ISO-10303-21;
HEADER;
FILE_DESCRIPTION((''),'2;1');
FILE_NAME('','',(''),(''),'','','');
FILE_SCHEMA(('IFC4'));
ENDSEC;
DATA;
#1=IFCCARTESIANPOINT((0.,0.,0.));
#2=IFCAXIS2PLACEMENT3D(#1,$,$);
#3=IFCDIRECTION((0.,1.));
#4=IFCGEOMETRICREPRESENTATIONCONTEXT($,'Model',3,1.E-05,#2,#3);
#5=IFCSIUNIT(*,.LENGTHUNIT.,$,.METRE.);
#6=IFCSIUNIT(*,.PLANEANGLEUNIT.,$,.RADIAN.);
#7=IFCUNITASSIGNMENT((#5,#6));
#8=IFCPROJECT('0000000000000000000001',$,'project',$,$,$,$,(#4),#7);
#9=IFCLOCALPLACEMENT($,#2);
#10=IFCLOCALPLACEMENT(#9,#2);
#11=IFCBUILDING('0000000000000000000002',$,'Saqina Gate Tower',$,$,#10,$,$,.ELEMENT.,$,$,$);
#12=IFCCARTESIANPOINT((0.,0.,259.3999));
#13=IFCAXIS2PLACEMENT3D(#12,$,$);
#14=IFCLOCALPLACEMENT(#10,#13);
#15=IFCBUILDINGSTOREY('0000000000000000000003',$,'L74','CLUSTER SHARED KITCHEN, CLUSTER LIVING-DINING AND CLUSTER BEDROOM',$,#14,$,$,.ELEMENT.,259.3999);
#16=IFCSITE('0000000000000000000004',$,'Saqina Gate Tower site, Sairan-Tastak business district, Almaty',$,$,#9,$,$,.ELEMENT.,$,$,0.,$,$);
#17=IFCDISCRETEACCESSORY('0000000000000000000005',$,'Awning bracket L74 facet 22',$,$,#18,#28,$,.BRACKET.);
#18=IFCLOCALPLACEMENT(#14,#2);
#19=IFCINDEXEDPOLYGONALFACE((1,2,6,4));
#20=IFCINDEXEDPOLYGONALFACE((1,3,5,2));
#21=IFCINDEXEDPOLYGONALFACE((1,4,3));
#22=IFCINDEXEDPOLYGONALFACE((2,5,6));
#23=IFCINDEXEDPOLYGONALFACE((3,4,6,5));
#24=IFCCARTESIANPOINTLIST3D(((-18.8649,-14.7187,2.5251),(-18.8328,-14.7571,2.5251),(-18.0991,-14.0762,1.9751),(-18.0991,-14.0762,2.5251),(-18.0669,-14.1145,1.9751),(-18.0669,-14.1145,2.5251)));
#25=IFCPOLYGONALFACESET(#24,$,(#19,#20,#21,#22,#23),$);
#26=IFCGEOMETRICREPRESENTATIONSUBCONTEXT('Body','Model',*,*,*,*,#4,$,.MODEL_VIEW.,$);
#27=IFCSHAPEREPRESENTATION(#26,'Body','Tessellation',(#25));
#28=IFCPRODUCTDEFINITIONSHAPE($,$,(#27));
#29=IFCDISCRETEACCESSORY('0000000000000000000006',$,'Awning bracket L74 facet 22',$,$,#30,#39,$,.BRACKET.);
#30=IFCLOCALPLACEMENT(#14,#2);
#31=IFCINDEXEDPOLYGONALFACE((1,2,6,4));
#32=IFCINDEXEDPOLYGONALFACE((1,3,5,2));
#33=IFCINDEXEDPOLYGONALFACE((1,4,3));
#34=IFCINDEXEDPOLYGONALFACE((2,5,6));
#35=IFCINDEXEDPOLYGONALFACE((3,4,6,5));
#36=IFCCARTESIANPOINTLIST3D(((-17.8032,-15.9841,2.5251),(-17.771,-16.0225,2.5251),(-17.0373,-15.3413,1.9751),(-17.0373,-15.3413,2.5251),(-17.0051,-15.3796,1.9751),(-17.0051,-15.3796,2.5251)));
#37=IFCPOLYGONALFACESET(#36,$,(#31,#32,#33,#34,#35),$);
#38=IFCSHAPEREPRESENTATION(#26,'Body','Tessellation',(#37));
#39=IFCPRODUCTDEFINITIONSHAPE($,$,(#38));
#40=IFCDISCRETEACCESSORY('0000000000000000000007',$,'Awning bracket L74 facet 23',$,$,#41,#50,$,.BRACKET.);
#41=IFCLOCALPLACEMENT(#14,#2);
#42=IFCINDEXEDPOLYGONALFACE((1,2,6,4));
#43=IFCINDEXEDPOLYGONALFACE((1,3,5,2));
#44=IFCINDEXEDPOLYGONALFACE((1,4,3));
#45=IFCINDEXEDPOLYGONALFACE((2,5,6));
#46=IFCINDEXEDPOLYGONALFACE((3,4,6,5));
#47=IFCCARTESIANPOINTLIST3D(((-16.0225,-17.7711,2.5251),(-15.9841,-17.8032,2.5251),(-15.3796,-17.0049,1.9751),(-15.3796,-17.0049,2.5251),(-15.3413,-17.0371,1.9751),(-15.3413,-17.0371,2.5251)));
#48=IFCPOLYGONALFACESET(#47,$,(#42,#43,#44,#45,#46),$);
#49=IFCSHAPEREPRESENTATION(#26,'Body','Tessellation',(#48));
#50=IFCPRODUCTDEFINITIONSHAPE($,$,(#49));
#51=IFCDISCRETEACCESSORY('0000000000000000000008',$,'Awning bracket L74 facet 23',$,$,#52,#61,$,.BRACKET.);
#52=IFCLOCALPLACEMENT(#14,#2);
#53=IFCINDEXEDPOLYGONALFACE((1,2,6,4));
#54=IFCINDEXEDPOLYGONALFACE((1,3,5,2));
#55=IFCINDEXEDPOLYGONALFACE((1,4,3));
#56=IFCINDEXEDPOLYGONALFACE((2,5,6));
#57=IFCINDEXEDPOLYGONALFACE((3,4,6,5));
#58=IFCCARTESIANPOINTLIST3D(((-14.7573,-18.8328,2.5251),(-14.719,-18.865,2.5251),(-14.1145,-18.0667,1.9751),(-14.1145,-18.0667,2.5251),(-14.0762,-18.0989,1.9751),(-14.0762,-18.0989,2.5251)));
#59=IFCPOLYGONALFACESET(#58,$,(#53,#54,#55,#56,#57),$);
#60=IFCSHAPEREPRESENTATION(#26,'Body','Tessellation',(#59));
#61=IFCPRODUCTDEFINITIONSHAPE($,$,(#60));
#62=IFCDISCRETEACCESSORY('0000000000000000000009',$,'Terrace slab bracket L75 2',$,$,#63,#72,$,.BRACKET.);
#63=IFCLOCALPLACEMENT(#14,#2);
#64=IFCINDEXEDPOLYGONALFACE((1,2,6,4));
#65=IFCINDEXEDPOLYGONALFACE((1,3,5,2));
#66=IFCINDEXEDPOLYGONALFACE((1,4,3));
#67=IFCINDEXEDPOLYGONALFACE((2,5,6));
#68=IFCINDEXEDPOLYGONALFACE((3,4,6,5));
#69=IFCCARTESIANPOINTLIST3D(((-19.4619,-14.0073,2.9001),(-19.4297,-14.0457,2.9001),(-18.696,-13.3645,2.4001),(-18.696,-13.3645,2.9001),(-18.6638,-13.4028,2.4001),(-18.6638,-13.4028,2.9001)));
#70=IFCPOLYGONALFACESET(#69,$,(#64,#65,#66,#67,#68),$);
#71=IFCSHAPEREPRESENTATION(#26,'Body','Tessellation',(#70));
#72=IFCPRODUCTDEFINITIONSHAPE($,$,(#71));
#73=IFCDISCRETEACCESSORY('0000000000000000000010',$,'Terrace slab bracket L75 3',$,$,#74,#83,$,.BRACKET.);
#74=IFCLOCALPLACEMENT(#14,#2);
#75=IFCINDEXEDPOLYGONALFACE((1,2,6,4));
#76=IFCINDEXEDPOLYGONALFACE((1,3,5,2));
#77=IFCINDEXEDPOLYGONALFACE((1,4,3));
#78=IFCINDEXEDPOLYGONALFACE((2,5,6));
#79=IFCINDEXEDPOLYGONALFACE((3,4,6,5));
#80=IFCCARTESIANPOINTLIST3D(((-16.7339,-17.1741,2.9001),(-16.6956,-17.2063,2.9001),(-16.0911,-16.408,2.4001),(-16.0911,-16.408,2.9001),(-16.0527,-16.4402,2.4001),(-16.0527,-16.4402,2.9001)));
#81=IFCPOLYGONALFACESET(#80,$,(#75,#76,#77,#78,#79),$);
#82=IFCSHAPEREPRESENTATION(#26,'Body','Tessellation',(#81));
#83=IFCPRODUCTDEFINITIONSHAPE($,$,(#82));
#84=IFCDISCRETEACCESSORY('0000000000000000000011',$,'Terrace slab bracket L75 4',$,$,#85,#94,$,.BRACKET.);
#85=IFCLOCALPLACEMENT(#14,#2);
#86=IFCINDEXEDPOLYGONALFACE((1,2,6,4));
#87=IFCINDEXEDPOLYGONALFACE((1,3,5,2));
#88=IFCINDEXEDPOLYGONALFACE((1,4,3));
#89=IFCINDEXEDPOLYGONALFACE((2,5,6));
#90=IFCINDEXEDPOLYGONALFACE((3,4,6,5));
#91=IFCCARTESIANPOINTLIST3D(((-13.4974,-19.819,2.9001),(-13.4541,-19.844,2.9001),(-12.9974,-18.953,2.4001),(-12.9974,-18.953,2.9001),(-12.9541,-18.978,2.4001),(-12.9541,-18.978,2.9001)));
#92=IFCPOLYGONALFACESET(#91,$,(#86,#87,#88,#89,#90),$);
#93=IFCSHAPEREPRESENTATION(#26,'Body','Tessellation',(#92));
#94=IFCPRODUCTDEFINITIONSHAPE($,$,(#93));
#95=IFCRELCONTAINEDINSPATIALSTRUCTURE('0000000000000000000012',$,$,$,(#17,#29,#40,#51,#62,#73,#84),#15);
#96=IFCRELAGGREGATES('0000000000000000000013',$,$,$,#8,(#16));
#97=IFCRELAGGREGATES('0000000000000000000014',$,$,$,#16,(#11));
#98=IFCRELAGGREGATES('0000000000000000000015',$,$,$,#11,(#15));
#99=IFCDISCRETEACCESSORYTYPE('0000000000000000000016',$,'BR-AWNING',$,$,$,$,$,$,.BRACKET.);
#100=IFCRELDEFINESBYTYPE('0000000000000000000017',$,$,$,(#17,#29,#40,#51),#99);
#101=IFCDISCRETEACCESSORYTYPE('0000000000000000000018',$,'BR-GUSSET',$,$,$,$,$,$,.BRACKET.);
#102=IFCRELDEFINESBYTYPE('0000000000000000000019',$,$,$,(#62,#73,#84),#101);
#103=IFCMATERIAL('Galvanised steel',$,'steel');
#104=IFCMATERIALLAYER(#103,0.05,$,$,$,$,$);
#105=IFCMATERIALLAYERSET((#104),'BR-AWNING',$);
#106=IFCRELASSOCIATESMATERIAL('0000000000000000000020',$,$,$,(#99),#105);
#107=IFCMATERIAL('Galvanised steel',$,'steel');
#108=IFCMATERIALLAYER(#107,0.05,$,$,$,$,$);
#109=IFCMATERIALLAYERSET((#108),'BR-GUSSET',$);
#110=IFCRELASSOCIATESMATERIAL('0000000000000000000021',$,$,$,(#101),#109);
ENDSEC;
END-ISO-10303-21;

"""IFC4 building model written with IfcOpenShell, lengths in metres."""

from ifc_helpers import new_model, si_unit, direction, frame, origin, place, context, subcontext, project, spatial, polyline, outline, extrude, material, layer, layer_set, type_object, element, save


model = new_model("IFC4")

# Units and contexts
model_context = context("Model", 3, precision=1e-05, world=origin(), true_north=direction((0.0, 1.0)))
body_context = subcontext(model_context, "Body", "Model", "MODEL_VIEW")
ifc_project = project(units=[si_unit("LENGTHUNIT", "METRE"), si_unit("PLANEANGLEUNIT", "RADIAN")], contexts=[model_context])

# Site, building, storey
site_placement = place(None, origin())
site = spatial("IfcSite", under=ifc_project, at=site_placement, Name="Saqina Gate Tower site, Sairan-Tastak business district, Almaty", CompositionType="ELEMENT", RefElevation=0.0)
building_placement = place(site_placement, origin())
building = spatial("IfcBuilding", under=site, at=building_placement, Name="Saqina Gate Tower", CompositionType="ELEMENT")
storey_placement = place(building_placement, frame((0.0, 0.0, 259.3999)))
storey = spatial("IfcBuildingStorey", under=building, at=storey_placement, Name="L74", Description="CLUSTER SHARED KITCHEN, CLUSTER LIVING-DINING AND CLUSTER BEDROOM", CompositionType="ELEMENT", Elevation=259.3999)

# Discrete accessories
ifc_material_1 = material(Name="Galvanised steel", Category="steel")
ifc_layer_1 = layer(ifc_material_1, 0.05)
ifc_layer_set_1 = layer_set([ifc_layer_1], Name="BR-AWNING")
discrete_accessory_type_1 = type_object("IfcDiscreteAccessoryType", Name="BR-AWNING", PredefinedType="BRACKET", material=ifc_layer_set_1)
discrete_accessory_1_placement = place(storey_placement, frame((-18.0669, -14.1145, 1.9751), z_axis=(0.642751, -0.766075, 0.0), x_axis=(0.0, 0.0, 1.0)))
element("IfcDiscreteAccessory", 1, at=discrete_accessory_1_placement, inside=storey, type_object=discrete_accessory_type_1, Name="Awning bracket L74 facet 22", PredefinedType="BRACKET", context=body_context, shape_type="SweptSolid", body=[
    extrude(outline(polyline([(0.0, 0.0), (0.55, 0.0), (0.55, 0.9997), (0.0, 0.0)])), origin(), (0.0, 0.0, -1.0), 0.05),
])
discrete_accessory_2_placement = place(storey_placement, frame((-17.0051, -15.3796, 1.9751), z_axis=(0.642894, -0.765955, 0.0), x_axis=(0.0, 0.0, 1.0)))
element("IfcDiscreteAccessory", 2, at=discrete_accessory_2_placement, inside=storey, type_object=discrete_accessory_type_1, Name="Awning bracket L74 facet 22", PredefinedType="BRACKET", context=body_context, shape_type="SweptSolid", body=[
    extrude(outline(polyline([(0.0, 0.0), (0.55, 0.0), (0.55, 0.9999), (0.0, 0.0)])), origin(), (0.0, 0.0, -1.0), 0.05),
])
for number, where, z_axis, x_axis, name in (
    (3, (-15.3413, -17.0371, 1.9751), (0.766056, -0.642774, 0.0), (0.0, 0.0, 1.0), "Awning bracket L74 facet 23"),
    (4, (-14.0762, -18.0989, 1.9751), (0.766056, -0.642774, 0.0), (0.0, 0.0, 1.0), "Awning bracket L74 facet 23"),
):
    element("IfcDiscreteAccessory", number, at=place(storey_placement, frame(where, z_axis=z_axis, x_axis=x_axis)), inside=storey, type_object=discrete_accessory_type_1, Name=name, PredefinedType="BRACKET", context=body_context, shape_type="SweptSolid", body=[
        extrude(outline(polyline([(0.0, 0.0), (0.55, 0.0), (0.55, 1.0001), (0.0, 0.0)])), origin(), (0.0, 0.0, -1.0), 0.05),
    ])
ifc_material_2 = material(Name="Galvanised steel", Category="steel")
ifc_layer_2 = layer(ifc_material_2, 0.05)
ifc_layer_set_2 = layer_set([ifc_layer_2], Name="BR-GUSSET")
discrete_accessory_type_2 = type_object("IfcDiscreteAccessoryType", Name="BR-GUSSET", PredefinedType="BRACKET", material=ifc_layer_set_2)
discrete_accessory_3_placement = place(storey_placement, frame((-18.6638, -13.4028, 2.4001), z_axis=(0.642894, -0.765955, 0.0), x_axis=(0.0, 0.0, 1.0)))
element("IfcDiscreteAccessory", 5, at=discrete_accessory_3_placement, inside=storey, type_object=discrete_accessory_type_2, Name="Terrace slab bracket L75 2", PredefinedType="BRACKET", context=body_context, shape_type="SweptSolid", body=[
    extrude(outline(polyline([(0.0, 0.0), (0.5, 0.0), (0.5, 0.9999), (0.0, 0.0)])), origin(), (0.0, 0.0, -1.0), 0.05),
])
discrete_accessory_4_placement = place(storey_placement, frame((-16.0527, -16.4402, 2.4001), z_axis=(0.766056, -0.642774, 0.0), x_axis=(0.0, 0.0, 1.0)))
element("IfcDiscreteAccessory", 6, at=discrete_accessory_4_placement, inside=storey, type_object=discrete_accessory_type_2, Name="Terrace slab bracket L75 3", PredefinedType="BRACKET", context=body_context, shape_type="SweptSolid", body=[
    extrude(outline(polyline([(0.0, 0.0), (0.5, 0.0), (0.5, 1.0001), (0.0, 0.0)])), origin(), (0.0, 0.0, -1.0), 0.05),
])
discrete_accessory_5_placement = place(storey_placement, frame((-12.9541, -18.978, 2.4001), z_axis=(0.866011, -0.500025, 0.0), x_axis=(0.0, 0.0, 1.0)))
element("IfcDiscreteAccessory", 7, at=discrete_accessory_5_placement, inside=storey, type_object=discrete_accessory_type_2, Name="Terrace slab bracket L75 4", PredefinedType="BRACKET", context=body_context, shape_type="SweptSolid", body=[
    extrude(outline(polyline([(0.0, 0.0), (0.5, 0.0), (0.5, 0.9999), (0.0, 0.0)])), origin(), (0.0, 0.0, -1.0), 0.05),
])

save(model, "model.ifc")
